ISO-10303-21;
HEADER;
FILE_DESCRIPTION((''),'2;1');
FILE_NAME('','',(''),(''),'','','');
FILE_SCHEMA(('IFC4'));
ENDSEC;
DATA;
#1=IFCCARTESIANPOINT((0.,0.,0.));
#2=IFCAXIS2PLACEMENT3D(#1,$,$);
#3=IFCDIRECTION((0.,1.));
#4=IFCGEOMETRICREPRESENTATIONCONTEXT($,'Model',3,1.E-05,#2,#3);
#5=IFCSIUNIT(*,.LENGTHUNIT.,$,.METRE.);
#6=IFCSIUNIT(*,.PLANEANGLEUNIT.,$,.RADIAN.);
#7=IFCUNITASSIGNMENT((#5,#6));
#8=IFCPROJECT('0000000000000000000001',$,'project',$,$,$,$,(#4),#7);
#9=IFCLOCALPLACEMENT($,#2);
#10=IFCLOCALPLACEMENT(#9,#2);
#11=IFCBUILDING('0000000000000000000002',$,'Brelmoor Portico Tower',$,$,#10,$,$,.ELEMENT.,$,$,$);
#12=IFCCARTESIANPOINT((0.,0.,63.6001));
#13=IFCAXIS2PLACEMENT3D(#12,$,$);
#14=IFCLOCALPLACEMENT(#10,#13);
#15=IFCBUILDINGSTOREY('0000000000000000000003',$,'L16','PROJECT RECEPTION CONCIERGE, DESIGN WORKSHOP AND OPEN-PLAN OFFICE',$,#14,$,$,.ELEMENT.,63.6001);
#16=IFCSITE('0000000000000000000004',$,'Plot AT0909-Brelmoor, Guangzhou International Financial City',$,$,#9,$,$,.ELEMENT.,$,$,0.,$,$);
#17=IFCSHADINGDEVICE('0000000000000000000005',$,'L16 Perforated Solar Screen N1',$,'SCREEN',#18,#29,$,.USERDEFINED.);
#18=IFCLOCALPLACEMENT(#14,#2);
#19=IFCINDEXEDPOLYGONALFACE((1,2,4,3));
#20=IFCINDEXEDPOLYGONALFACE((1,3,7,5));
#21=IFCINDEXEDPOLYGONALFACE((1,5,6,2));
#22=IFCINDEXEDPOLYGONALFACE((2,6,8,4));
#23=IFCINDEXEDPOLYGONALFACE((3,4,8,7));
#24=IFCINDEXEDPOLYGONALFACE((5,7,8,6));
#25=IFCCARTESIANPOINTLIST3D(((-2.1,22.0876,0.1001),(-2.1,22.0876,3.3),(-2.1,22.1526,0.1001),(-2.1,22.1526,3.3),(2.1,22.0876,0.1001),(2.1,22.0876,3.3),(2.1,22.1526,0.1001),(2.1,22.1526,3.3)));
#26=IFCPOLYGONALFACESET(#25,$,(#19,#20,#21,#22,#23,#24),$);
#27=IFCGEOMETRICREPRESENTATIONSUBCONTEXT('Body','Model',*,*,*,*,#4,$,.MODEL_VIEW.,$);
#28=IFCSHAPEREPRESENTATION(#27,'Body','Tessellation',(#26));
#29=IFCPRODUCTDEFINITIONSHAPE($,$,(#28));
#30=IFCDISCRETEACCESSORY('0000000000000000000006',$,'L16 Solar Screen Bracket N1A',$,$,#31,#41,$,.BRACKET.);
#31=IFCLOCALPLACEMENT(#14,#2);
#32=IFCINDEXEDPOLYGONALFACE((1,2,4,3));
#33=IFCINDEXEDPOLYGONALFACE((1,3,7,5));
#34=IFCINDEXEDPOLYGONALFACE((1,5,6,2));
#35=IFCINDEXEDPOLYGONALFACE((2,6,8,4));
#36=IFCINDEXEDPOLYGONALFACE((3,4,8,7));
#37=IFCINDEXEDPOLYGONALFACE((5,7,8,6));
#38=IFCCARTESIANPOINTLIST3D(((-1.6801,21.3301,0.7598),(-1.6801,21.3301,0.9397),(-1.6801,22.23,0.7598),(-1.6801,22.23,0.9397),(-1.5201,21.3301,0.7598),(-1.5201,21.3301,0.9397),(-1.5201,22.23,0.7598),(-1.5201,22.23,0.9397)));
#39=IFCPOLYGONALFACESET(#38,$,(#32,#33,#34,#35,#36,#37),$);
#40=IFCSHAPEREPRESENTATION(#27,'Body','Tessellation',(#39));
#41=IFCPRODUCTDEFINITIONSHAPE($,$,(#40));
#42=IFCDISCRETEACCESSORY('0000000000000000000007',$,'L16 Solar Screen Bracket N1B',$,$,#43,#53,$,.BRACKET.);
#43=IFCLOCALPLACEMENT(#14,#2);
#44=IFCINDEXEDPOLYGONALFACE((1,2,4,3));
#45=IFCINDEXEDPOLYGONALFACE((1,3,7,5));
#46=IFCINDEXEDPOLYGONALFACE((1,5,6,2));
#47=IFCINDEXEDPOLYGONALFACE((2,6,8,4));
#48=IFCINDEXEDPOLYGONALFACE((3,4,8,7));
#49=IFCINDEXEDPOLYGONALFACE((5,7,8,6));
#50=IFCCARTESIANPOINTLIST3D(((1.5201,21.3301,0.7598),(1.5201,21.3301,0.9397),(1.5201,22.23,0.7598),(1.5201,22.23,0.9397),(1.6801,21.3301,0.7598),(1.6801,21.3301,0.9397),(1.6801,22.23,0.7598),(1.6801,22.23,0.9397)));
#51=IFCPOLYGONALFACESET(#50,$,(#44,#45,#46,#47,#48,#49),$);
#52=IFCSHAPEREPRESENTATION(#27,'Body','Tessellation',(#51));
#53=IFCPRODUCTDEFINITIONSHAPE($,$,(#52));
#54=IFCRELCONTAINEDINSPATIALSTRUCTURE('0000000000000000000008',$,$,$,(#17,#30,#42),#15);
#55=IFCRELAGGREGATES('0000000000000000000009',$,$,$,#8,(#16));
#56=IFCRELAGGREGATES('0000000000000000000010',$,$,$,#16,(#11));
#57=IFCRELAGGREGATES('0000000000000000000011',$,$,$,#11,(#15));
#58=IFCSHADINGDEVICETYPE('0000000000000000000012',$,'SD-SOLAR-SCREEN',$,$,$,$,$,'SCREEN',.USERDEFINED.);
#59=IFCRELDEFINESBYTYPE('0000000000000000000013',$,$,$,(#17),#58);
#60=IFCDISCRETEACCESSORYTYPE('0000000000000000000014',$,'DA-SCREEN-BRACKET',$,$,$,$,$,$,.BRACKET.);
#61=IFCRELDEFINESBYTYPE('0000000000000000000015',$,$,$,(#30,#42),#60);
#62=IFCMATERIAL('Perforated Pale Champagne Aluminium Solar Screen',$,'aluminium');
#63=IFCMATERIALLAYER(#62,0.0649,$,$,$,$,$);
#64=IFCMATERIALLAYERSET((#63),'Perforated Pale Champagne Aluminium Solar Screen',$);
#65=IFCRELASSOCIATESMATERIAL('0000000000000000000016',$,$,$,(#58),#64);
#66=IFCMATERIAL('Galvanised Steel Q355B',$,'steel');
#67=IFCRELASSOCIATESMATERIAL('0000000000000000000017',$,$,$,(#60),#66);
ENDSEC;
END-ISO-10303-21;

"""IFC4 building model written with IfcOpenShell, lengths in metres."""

from ifc_helpers import new_model, si_unit, direction, frame, origin, origin_2d, place, context, subcontext, project, spatial, rectangle, extrude, material, layer, layer_set, type_object, element, save


model = new_model("IFC4")

# Units and contexts
model_context = context("Model", 3, precision=1e-05, world=origin(), true_north=direction((0.0, 1.0)))
body_context = subcontext(model_context, "Body", "Model", "MODEL_VIEW")
ifc_project = project(units=[si_unit("LENGTHUNIT", "METRE"), si_unit("PLANEANGLEUNIT", "RADIAN")], contexts=[model_context])

# Site, building, storey
site_placement = place(None, origin())
site = spatial("IfcSite", under=ifc_project, at=site_placement, Name="Plot AT0909-Brelmoor, Guangzhou International Financial City", CompositionType="ELEMENT", RefElevation=0.0)
building_placement = place(site_placement, origin())
building = spatial("IfcBuilding", under=site, at=building_placement, Name="Brelmoor Portico Tower", CompositionType="ELEMENT")
storey_placement = place(building_placement, frame((0.0, 0.0, 63.6001)))
storey = spatial("IfcBuildingStorey", under=building, at=storey_placement, Name="L16", Description="PROJECT RECEPTION CONCIERGE, DESIGN WORKSHOP AND OPEN-PLAN OFFICE", CompositionType="ELEMENT", Elevation=63.6001)

# Shading device
ifc_material_1 = material(Name="Perforated Pale Champagne Aluminium Solar Screen", Category="aluminium")
ifc_layer_1 = layer(ifc_material_1, 0.0649)
ifc_layer_set_1 = layer_set([ifc_layer_1], Name="Perforated Pale Champagne Aluminium Solar Screen")
shading_device_type = type_object("IfcShadingDeviceType", Name="SD-SOLAR-SCREEN", ElementType="SCREEN", PredefinedType="USERDEFINED", material=ifc_layer_set_1)
shading_device_placement = place(storey_placement, frame((0.0, 22.1201, 0.1001), z_axis=(0.0, 0.0, 1.0), x_axis=(1.0, 0.0, 0.0)))
element("IfcShadingDevice", 1, at=shading_device_placement, inside=storey, type_object=shading_device_type, Name="L16 Perforated Solar Screen N1", ObjectType="SCREEN", PredefinedType="USERDEFINED", context=body_context, shape_type="SweptSolid", body=[
    extrude(rectangle(XDim=4.2, YDim=0.0649, at=origin_2d()), origin(), (0.0, 0.0, 1.0), 3.2),
])

# Discrete accessories
ifc_material_2 = material(Name="Galvanised Steel Q355B", Category="steel")
discrete_accessory_type = type_object("IfcDiscreteAccessoryType", Name="DA-SCREEN-BRACKET", PredefinedType="BRACKET", material=ifc_material_2)
for number, where, z_axis, x_axis, name in (
    (2, (-1.6001, 21.78, 0.7598), (0.0, 0.0, 1.0), (1.0, 0.0, 0.0), "L16 Solar Screen Bracket N1A"),
    (3, (1.6001, 21.78, 0.7598), (0.0, 0.0, 1.0), (1.0, 0.0, 0.0), "L16 Solar Screen Bracket N1B"),
):
    element("IfcDiscreteAccessory", number, at=place(storey_placement, frame(where, z_axis=z_axis, x_axis=x_axis)), inside=storey, type_object=discrete_accessory_type, Name=name, PredefinedType="BRACKET", context=body_context, shape_type="SweptSolid", body=[
        extrude(rectangle(XDim=0.1599, YDim=0.8999, at=origin_2d()), origin(), (0.0, 0.0, 1.0), 0.1799),
    ])

save(model, "model.ifc")
